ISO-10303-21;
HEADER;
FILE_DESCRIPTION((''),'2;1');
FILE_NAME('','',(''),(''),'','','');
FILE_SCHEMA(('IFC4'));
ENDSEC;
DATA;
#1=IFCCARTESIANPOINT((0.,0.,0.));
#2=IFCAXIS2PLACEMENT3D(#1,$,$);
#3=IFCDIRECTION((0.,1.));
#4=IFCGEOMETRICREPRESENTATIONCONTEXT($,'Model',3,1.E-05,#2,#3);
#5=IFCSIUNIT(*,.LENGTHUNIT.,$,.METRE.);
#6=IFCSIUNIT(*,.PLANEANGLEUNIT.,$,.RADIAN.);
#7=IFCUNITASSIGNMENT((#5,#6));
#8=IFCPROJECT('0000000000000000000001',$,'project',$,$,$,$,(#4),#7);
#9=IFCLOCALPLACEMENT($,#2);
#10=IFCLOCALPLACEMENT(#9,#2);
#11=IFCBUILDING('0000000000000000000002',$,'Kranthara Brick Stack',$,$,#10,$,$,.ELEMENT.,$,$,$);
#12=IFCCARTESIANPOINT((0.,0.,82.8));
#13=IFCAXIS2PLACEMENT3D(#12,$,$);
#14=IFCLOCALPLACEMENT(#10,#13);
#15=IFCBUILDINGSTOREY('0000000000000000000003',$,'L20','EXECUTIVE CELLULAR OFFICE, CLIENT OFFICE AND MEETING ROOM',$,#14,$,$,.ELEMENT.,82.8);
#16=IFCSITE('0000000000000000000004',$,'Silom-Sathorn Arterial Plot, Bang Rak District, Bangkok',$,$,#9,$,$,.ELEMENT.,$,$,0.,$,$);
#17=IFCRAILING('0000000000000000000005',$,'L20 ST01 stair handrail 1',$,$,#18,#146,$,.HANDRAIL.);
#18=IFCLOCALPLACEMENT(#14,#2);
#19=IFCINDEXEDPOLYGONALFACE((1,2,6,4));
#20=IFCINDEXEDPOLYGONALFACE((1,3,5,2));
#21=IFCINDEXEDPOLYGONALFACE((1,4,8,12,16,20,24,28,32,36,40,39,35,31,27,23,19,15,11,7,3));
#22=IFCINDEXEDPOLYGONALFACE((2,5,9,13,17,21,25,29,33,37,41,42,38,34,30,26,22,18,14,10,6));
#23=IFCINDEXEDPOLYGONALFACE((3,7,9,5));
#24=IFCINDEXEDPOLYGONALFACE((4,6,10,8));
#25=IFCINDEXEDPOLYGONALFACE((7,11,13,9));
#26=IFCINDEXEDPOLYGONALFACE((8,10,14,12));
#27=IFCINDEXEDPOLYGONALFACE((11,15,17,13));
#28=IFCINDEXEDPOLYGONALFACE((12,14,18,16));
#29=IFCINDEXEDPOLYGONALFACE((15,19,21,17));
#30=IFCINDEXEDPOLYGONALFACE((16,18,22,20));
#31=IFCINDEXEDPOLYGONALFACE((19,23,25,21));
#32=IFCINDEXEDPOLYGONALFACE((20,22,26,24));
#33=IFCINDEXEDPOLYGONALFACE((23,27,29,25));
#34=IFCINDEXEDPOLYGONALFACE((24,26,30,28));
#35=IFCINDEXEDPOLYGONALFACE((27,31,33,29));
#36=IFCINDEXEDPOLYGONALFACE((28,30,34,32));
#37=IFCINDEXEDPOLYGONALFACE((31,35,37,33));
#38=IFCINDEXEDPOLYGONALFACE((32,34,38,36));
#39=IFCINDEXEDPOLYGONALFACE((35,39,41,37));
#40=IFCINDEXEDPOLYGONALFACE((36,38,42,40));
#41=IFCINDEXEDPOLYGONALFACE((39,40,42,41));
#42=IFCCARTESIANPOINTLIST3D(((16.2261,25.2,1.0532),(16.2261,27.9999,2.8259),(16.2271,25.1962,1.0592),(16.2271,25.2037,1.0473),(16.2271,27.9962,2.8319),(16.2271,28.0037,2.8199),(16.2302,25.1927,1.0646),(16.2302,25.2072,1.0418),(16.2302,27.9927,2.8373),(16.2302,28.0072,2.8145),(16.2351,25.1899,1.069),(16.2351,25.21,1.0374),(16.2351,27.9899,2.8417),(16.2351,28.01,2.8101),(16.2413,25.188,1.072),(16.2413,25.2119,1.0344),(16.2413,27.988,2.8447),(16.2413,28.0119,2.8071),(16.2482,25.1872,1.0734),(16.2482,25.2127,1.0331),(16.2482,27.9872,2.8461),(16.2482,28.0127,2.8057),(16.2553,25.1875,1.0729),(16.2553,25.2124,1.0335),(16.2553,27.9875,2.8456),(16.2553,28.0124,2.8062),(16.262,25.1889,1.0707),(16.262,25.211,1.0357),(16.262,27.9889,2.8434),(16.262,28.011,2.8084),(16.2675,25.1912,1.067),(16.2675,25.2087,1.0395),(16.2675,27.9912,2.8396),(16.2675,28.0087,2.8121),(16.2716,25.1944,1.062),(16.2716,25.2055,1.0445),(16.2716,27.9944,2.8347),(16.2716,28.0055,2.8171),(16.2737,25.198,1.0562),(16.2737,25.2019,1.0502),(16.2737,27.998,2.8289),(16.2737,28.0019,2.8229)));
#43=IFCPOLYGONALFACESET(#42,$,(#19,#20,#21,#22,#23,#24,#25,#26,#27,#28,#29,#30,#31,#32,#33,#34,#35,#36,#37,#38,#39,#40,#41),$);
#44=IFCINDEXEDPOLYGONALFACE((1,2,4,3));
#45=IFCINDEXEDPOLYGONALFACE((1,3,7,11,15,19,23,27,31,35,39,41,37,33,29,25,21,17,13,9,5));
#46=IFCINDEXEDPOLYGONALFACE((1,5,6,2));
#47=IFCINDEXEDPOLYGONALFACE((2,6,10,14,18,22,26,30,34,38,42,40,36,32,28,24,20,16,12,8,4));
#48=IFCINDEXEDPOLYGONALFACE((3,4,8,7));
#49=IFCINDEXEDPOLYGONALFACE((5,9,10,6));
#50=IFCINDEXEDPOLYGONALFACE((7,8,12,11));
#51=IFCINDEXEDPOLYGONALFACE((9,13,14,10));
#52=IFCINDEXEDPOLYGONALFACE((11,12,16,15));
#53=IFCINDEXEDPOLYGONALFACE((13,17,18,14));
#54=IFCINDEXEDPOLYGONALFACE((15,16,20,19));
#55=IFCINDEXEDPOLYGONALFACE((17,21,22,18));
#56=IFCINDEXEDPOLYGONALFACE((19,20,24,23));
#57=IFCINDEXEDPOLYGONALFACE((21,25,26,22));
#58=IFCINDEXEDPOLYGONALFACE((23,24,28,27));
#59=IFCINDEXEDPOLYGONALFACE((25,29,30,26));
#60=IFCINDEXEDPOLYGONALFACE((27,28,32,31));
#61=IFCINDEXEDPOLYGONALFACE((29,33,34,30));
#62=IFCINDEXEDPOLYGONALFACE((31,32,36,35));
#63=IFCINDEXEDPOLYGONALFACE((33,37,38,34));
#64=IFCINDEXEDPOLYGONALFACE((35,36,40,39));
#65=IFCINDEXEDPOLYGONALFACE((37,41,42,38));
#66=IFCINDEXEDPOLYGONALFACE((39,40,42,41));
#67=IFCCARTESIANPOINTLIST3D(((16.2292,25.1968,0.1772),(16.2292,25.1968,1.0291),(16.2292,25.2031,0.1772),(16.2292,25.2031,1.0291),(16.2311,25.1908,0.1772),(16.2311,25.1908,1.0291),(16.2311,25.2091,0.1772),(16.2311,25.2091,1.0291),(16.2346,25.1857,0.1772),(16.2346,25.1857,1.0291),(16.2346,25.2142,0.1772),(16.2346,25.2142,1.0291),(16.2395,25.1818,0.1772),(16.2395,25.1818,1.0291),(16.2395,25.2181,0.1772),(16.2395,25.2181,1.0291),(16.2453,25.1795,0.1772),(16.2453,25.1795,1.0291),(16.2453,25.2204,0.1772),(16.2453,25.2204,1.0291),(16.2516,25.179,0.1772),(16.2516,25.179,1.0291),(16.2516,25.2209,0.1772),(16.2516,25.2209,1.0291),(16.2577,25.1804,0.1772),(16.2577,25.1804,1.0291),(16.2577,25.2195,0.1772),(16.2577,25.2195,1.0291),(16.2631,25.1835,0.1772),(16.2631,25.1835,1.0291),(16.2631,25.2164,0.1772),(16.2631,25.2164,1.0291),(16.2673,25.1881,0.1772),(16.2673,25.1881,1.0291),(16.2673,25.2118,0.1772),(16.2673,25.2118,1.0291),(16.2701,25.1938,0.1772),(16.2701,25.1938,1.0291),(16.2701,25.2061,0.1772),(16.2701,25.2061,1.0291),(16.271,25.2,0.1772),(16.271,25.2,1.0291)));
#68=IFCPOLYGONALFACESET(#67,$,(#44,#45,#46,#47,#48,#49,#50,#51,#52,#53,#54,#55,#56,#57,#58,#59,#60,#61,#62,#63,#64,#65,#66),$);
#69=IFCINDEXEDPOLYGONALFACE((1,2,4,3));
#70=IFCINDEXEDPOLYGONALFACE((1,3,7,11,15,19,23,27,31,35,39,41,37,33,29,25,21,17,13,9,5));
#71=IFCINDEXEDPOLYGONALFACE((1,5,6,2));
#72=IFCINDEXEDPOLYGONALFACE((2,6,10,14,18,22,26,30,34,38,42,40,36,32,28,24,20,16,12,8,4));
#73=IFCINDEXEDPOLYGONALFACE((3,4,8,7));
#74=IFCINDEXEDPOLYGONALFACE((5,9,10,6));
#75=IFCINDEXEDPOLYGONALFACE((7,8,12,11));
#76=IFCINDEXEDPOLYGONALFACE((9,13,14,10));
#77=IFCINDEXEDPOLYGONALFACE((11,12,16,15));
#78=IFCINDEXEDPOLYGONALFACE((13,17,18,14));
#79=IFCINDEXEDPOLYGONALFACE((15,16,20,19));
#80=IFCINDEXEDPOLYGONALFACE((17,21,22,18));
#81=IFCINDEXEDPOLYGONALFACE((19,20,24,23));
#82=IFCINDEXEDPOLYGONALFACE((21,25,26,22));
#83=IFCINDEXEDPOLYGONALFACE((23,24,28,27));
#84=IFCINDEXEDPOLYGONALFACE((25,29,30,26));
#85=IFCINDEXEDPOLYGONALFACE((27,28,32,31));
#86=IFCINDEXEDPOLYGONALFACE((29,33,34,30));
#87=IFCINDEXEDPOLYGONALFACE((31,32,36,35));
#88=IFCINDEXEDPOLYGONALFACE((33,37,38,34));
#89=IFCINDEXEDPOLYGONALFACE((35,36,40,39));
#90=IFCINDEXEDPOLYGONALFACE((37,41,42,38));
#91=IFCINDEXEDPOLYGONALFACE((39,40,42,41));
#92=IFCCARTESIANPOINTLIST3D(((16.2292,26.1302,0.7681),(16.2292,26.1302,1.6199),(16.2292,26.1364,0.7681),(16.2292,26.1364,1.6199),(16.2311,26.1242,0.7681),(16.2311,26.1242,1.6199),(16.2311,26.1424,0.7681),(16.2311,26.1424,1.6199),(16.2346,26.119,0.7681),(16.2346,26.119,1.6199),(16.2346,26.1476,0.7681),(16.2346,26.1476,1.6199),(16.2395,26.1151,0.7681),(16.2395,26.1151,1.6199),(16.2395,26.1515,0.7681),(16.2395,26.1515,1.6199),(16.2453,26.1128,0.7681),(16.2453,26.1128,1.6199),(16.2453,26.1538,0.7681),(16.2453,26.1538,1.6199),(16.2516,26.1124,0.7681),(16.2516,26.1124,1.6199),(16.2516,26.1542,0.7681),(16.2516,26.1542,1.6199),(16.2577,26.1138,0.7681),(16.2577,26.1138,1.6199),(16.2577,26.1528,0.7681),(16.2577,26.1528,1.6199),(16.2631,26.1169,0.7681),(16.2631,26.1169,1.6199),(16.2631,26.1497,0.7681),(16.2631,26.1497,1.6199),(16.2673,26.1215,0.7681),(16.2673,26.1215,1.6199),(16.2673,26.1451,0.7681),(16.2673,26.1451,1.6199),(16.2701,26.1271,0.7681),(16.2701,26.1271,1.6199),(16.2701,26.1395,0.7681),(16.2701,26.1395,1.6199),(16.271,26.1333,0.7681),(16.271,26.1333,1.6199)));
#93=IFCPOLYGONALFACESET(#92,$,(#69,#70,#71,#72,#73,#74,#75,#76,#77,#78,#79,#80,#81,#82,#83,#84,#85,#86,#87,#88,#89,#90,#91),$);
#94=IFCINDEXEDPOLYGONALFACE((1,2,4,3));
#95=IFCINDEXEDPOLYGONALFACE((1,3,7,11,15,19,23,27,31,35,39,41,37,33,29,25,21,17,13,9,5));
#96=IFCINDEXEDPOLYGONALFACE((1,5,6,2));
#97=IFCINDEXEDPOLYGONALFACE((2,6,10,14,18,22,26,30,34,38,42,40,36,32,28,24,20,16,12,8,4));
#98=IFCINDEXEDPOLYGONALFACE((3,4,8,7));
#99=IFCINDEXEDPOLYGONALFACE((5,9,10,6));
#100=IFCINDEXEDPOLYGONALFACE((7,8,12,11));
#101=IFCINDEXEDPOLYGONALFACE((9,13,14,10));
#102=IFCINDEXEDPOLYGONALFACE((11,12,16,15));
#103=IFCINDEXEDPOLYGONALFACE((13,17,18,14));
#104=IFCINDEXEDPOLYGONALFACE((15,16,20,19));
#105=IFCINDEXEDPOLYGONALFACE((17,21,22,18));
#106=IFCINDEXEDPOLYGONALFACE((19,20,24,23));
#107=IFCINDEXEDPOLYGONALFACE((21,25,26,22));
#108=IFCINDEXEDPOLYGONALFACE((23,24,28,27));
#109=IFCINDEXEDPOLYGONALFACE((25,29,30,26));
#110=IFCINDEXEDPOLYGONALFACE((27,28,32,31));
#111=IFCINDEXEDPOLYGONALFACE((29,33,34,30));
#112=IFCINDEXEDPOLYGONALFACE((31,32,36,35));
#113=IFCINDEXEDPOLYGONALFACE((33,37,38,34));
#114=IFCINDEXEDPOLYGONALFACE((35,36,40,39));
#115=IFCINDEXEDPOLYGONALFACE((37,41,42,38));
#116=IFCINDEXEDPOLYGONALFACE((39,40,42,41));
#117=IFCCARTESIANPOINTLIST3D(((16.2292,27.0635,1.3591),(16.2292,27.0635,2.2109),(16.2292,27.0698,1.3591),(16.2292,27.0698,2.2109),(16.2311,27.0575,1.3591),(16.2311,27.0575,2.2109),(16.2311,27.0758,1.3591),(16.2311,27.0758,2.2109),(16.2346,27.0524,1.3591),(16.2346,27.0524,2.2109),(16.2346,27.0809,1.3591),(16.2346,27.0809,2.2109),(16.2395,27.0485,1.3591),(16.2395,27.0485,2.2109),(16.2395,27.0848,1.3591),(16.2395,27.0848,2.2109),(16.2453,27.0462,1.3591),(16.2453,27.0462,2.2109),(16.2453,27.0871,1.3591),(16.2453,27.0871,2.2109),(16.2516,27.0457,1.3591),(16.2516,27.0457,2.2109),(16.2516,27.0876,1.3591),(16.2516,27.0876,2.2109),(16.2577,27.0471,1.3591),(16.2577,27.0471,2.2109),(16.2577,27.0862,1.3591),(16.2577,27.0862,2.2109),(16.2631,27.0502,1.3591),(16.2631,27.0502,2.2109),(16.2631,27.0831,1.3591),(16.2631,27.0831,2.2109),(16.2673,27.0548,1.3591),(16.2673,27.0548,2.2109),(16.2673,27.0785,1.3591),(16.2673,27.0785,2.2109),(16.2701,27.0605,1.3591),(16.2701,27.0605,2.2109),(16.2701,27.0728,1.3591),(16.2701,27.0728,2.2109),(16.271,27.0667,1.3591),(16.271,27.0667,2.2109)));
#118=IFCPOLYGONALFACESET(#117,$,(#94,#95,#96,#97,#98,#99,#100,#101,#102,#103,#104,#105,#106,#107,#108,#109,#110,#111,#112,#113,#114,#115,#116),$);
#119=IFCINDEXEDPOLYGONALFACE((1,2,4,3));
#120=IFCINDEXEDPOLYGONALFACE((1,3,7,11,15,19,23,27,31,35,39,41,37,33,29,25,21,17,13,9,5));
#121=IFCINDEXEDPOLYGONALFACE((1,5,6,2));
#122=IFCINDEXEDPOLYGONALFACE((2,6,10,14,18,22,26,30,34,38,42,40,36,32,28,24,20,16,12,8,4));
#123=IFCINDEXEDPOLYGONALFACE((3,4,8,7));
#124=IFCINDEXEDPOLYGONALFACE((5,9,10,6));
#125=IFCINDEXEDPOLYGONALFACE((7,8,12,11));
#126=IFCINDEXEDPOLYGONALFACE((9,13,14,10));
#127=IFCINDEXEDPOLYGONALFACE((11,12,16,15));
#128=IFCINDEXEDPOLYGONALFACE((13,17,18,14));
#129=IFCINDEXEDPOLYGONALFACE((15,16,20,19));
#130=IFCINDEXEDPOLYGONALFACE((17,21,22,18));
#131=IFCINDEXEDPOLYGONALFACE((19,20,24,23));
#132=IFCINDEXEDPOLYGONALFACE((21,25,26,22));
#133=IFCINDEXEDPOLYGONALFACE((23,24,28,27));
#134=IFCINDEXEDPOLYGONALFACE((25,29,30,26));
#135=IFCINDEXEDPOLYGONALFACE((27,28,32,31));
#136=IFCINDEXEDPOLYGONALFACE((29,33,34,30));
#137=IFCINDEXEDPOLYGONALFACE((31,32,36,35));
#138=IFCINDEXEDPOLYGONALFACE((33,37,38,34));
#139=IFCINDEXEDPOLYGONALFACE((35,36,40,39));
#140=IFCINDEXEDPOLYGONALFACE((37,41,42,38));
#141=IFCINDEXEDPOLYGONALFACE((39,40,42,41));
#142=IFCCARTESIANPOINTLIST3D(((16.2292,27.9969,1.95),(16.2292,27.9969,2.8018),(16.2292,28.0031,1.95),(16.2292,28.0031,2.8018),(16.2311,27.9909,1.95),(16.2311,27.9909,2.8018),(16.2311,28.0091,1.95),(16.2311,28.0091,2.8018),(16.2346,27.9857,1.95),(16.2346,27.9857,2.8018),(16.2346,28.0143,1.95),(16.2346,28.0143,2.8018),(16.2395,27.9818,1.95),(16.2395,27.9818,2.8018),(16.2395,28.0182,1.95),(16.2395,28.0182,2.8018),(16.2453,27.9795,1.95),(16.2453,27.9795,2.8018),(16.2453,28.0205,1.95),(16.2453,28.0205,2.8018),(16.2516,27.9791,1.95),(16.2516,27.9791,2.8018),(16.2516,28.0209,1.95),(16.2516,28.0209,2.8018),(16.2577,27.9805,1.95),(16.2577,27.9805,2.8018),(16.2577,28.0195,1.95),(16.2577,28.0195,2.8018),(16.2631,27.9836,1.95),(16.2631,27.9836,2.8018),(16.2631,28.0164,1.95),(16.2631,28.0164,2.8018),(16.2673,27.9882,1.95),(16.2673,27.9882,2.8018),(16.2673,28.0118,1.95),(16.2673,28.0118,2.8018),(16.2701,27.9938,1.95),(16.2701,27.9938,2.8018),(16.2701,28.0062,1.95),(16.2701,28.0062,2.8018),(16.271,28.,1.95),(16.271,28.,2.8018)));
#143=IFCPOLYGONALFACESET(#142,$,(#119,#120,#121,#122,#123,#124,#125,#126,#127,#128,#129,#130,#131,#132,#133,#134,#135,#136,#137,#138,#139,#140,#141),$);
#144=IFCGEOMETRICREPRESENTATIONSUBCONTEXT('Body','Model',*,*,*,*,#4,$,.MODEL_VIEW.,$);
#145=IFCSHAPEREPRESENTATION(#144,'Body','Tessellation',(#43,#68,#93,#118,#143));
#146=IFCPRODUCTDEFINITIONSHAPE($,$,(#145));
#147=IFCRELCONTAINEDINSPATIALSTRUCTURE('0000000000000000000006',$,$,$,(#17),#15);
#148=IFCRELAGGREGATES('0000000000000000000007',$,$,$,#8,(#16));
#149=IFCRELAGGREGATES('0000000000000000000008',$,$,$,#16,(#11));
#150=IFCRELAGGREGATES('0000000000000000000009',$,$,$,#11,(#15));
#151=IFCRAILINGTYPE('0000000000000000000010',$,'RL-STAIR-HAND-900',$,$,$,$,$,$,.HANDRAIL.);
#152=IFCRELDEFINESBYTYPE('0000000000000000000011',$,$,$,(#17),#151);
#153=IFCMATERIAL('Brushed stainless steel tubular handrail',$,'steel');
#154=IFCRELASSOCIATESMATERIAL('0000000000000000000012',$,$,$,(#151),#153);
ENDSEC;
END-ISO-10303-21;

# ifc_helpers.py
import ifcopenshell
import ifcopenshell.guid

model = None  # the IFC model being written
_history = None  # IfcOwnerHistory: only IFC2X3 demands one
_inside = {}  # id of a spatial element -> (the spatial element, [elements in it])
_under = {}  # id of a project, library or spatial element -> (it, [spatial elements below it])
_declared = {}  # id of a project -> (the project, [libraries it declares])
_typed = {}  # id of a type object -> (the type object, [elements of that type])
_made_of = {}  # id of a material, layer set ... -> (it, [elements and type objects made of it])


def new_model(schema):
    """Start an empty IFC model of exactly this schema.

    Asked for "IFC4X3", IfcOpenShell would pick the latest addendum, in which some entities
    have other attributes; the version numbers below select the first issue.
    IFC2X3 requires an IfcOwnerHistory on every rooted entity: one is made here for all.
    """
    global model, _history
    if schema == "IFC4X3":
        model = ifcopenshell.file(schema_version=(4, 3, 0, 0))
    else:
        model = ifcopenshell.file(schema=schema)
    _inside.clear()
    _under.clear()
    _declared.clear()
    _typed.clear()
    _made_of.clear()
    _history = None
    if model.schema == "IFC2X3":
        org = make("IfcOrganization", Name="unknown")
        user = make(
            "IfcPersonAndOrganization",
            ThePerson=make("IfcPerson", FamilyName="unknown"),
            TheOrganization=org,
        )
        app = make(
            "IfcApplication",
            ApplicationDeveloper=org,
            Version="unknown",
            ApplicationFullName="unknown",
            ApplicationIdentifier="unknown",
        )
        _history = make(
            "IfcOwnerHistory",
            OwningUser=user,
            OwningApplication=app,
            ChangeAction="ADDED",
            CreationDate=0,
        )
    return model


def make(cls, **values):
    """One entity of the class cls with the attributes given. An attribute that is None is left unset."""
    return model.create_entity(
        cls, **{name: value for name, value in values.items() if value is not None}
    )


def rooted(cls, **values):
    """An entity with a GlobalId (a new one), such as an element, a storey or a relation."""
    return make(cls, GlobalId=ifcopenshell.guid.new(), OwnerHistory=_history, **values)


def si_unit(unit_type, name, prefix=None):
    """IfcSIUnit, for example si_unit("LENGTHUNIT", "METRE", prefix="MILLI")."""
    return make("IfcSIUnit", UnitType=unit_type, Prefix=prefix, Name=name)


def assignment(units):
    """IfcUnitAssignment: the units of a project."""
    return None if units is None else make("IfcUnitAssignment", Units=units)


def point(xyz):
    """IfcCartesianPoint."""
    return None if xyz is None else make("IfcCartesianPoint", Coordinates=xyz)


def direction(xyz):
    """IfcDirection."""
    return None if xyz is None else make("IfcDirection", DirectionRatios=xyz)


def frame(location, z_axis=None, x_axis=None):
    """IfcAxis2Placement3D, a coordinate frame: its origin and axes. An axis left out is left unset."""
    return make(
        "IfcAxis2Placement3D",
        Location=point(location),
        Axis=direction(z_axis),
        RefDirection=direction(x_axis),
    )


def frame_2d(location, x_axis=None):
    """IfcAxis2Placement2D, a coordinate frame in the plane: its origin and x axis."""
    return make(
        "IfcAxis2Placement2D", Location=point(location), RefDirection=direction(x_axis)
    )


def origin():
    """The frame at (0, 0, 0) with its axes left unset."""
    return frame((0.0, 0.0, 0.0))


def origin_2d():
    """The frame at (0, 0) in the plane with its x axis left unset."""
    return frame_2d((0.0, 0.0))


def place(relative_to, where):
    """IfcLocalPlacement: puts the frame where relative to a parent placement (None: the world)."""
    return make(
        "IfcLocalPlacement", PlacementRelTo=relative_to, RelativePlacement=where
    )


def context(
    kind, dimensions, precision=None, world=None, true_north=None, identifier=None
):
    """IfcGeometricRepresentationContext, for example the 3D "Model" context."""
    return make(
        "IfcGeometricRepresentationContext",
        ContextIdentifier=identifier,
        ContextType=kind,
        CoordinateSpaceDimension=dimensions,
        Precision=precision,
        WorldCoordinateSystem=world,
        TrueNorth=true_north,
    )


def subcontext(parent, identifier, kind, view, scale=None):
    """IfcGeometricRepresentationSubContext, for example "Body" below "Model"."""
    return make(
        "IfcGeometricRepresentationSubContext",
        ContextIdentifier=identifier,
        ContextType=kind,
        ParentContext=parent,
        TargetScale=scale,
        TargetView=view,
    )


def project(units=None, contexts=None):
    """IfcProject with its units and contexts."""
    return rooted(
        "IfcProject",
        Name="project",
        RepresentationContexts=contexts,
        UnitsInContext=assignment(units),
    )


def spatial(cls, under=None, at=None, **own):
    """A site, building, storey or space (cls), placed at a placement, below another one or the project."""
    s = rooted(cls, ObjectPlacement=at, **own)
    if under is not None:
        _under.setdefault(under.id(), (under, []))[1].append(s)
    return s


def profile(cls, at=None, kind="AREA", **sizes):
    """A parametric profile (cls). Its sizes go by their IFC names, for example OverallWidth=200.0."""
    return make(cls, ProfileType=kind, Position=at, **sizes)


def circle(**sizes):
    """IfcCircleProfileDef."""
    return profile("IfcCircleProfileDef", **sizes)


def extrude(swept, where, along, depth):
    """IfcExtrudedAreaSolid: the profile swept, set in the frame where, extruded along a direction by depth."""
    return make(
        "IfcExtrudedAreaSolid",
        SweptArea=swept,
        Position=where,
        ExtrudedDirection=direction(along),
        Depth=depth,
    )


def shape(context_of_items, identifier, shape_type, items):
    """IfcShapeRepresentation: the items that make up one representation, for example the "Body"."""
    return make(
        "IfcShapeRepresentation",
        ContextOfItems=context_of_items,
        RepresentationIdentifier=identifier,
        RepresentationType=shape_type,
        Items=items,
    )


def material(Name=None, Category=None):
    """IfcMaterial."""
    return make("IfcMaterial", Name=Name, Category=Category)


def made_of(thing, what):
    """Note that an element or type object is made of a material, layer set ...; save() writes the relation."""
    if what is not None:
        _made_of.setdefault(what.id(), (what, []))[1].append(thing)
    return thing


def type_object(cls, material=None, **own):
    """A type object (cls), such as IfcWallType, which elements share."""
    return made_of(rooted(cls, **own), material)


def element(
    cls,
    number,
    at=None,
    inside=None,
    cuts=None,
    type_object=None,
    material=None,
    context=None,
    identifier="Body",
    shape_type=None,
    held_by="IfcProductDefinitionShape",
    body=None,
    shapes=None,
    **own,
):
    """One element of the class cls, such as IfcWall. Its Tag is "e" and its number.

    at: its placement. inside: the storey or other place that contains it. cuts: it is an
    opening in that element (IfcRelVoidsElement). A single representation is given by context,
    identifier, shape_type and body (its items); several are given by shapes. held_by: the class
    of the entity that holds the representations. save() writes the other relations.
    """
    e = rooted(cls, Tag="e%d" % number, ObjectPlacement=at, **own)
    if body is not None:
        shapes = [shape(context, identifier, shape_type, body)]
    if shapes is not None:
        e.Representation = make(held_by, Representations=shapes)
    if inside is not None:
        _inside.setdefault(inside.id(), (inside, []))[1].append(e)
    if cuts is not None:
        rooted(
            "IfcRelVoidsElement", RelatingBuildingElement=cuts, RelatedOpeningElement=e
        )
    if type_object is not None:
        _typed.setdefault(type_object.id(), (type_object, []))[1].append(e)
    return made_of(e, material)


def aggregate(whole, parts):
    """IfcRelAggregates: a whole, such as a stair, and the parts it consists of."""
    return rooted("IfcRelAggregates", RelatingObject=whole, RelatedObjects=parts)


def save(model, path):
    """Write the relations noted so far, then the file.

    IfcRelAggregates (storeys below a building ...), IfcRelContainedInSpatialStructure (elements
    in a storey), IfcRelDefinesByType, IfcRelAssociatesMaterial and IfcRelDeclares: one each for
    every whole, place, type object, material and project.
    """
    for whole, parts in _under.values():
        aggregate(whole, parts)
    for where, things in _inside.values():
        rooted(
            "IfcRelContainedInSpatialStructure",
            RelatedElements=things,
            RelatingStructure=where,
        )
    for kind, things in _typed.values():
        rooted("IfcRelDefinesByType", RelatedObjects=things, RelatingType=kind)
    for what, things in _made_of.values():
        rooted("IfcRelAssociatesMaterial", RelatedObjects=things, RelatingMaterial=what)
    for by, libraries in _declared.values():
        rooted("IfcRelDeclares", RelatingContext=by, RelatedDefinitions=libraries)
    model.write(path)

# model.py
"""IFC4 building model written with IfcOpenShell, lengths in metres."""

from ifc_helpers import new_model, si_unit, direction, frame, origin, origin_2d, place, context, subcontext, project, spatial, circle, extrude, material, type_object, element, save


model = new_model("IFC4")

# Units and contexts
model_context = context("Model", 3, precision=1e-05, world=origin(), true_north=direction((0.0, 1.0)))
body_context = subcontext(model_context, "Body", "Model", "MODEL_VIEW")
ifc_project = project(units=[si_unit("LENGTHUNIT", "METRE"), si_unit("PLANEANGLEUNIT", "RADIAN")], contexts=[model_context])

# Site, building, storey
site_placement = place(None, origin())
site = spatial("IfcSite", under=ifc_project, at=site_placement, Name="Silom-Sathorn Arterial Plot, Bang Rak District, Bangkok", CompositionType="ELEMENT", RefElevation=0.0)
building_placement = place(site_placement, origin())
building = spatial("IfcBuilding", under=site, at=building_placement, Name="Kranthara Brick Stack", CompositionType="ELEMENT")
storey_placement = place(building_placement, frame((0.0, 0.0, 82.8)))
storey = spatial("IfcBuildingStorey", under=building, at=storey_placement, Name="L20", Description="EXECUTIVE CELLULAR OFFICE, CLIENT OFFICE AND MEETING ROOM", CompositionType="ELEMENT", Elevation=82.8)

# Railing
ifc_material_1 = material(Name="Brushed stainless steel tubular handrail", Category="steel")
railing_type_1 = type_object("IfcRailingType", Name="RL-STAIR-HAND-900", PredefinedType="HANDRAIL", material=ifc_material_1)
railing_1_placement = place(storey_placement, frame((16.25, 25.2, 0.1772)))
element("IfcRailing", 1, at=railing_1_placement, inside=storey, type_object=railing_type_1, Name="L20 ST01 stair handrail 1", PredefinedType="HANDRAIL", context=body_context, shape_type="SweptSolid", body=[
    extrude(circle(Radius=0.0239, at=origin_2d()), frame((0.0, 0.0, 0.876), z_axis=(0.0, 0.844909, 0.53491), x_axis=(-1.0, 0.0, 0.0)), (0.0, 0.0, 1.0), 3.314),
    extrude(circle(Radius=0.021, at=origin_2d()), origin(), (0.0, 0.0, 1.0), 0.8518),
    extrude(circle(Radius=0.021, at=origin_2d()), frame((0.0, 0.9333, 0.5908)), (0.0, 0.0, 1.0), 0.8518),
    extrude(circle(Radius=0.021, at=origin_2d()), frame((0.0, 1.8667, 1.1819)), (0.0, 0.0, 1.0), 0.8518),
    extrude(circle(Radius=0.021, at=origin_2d()), frame((0.0, 2.8, 1.7727)), (0.0, 0.0, 1.0), 0.8518),
])

save(model, "model.ifc")
